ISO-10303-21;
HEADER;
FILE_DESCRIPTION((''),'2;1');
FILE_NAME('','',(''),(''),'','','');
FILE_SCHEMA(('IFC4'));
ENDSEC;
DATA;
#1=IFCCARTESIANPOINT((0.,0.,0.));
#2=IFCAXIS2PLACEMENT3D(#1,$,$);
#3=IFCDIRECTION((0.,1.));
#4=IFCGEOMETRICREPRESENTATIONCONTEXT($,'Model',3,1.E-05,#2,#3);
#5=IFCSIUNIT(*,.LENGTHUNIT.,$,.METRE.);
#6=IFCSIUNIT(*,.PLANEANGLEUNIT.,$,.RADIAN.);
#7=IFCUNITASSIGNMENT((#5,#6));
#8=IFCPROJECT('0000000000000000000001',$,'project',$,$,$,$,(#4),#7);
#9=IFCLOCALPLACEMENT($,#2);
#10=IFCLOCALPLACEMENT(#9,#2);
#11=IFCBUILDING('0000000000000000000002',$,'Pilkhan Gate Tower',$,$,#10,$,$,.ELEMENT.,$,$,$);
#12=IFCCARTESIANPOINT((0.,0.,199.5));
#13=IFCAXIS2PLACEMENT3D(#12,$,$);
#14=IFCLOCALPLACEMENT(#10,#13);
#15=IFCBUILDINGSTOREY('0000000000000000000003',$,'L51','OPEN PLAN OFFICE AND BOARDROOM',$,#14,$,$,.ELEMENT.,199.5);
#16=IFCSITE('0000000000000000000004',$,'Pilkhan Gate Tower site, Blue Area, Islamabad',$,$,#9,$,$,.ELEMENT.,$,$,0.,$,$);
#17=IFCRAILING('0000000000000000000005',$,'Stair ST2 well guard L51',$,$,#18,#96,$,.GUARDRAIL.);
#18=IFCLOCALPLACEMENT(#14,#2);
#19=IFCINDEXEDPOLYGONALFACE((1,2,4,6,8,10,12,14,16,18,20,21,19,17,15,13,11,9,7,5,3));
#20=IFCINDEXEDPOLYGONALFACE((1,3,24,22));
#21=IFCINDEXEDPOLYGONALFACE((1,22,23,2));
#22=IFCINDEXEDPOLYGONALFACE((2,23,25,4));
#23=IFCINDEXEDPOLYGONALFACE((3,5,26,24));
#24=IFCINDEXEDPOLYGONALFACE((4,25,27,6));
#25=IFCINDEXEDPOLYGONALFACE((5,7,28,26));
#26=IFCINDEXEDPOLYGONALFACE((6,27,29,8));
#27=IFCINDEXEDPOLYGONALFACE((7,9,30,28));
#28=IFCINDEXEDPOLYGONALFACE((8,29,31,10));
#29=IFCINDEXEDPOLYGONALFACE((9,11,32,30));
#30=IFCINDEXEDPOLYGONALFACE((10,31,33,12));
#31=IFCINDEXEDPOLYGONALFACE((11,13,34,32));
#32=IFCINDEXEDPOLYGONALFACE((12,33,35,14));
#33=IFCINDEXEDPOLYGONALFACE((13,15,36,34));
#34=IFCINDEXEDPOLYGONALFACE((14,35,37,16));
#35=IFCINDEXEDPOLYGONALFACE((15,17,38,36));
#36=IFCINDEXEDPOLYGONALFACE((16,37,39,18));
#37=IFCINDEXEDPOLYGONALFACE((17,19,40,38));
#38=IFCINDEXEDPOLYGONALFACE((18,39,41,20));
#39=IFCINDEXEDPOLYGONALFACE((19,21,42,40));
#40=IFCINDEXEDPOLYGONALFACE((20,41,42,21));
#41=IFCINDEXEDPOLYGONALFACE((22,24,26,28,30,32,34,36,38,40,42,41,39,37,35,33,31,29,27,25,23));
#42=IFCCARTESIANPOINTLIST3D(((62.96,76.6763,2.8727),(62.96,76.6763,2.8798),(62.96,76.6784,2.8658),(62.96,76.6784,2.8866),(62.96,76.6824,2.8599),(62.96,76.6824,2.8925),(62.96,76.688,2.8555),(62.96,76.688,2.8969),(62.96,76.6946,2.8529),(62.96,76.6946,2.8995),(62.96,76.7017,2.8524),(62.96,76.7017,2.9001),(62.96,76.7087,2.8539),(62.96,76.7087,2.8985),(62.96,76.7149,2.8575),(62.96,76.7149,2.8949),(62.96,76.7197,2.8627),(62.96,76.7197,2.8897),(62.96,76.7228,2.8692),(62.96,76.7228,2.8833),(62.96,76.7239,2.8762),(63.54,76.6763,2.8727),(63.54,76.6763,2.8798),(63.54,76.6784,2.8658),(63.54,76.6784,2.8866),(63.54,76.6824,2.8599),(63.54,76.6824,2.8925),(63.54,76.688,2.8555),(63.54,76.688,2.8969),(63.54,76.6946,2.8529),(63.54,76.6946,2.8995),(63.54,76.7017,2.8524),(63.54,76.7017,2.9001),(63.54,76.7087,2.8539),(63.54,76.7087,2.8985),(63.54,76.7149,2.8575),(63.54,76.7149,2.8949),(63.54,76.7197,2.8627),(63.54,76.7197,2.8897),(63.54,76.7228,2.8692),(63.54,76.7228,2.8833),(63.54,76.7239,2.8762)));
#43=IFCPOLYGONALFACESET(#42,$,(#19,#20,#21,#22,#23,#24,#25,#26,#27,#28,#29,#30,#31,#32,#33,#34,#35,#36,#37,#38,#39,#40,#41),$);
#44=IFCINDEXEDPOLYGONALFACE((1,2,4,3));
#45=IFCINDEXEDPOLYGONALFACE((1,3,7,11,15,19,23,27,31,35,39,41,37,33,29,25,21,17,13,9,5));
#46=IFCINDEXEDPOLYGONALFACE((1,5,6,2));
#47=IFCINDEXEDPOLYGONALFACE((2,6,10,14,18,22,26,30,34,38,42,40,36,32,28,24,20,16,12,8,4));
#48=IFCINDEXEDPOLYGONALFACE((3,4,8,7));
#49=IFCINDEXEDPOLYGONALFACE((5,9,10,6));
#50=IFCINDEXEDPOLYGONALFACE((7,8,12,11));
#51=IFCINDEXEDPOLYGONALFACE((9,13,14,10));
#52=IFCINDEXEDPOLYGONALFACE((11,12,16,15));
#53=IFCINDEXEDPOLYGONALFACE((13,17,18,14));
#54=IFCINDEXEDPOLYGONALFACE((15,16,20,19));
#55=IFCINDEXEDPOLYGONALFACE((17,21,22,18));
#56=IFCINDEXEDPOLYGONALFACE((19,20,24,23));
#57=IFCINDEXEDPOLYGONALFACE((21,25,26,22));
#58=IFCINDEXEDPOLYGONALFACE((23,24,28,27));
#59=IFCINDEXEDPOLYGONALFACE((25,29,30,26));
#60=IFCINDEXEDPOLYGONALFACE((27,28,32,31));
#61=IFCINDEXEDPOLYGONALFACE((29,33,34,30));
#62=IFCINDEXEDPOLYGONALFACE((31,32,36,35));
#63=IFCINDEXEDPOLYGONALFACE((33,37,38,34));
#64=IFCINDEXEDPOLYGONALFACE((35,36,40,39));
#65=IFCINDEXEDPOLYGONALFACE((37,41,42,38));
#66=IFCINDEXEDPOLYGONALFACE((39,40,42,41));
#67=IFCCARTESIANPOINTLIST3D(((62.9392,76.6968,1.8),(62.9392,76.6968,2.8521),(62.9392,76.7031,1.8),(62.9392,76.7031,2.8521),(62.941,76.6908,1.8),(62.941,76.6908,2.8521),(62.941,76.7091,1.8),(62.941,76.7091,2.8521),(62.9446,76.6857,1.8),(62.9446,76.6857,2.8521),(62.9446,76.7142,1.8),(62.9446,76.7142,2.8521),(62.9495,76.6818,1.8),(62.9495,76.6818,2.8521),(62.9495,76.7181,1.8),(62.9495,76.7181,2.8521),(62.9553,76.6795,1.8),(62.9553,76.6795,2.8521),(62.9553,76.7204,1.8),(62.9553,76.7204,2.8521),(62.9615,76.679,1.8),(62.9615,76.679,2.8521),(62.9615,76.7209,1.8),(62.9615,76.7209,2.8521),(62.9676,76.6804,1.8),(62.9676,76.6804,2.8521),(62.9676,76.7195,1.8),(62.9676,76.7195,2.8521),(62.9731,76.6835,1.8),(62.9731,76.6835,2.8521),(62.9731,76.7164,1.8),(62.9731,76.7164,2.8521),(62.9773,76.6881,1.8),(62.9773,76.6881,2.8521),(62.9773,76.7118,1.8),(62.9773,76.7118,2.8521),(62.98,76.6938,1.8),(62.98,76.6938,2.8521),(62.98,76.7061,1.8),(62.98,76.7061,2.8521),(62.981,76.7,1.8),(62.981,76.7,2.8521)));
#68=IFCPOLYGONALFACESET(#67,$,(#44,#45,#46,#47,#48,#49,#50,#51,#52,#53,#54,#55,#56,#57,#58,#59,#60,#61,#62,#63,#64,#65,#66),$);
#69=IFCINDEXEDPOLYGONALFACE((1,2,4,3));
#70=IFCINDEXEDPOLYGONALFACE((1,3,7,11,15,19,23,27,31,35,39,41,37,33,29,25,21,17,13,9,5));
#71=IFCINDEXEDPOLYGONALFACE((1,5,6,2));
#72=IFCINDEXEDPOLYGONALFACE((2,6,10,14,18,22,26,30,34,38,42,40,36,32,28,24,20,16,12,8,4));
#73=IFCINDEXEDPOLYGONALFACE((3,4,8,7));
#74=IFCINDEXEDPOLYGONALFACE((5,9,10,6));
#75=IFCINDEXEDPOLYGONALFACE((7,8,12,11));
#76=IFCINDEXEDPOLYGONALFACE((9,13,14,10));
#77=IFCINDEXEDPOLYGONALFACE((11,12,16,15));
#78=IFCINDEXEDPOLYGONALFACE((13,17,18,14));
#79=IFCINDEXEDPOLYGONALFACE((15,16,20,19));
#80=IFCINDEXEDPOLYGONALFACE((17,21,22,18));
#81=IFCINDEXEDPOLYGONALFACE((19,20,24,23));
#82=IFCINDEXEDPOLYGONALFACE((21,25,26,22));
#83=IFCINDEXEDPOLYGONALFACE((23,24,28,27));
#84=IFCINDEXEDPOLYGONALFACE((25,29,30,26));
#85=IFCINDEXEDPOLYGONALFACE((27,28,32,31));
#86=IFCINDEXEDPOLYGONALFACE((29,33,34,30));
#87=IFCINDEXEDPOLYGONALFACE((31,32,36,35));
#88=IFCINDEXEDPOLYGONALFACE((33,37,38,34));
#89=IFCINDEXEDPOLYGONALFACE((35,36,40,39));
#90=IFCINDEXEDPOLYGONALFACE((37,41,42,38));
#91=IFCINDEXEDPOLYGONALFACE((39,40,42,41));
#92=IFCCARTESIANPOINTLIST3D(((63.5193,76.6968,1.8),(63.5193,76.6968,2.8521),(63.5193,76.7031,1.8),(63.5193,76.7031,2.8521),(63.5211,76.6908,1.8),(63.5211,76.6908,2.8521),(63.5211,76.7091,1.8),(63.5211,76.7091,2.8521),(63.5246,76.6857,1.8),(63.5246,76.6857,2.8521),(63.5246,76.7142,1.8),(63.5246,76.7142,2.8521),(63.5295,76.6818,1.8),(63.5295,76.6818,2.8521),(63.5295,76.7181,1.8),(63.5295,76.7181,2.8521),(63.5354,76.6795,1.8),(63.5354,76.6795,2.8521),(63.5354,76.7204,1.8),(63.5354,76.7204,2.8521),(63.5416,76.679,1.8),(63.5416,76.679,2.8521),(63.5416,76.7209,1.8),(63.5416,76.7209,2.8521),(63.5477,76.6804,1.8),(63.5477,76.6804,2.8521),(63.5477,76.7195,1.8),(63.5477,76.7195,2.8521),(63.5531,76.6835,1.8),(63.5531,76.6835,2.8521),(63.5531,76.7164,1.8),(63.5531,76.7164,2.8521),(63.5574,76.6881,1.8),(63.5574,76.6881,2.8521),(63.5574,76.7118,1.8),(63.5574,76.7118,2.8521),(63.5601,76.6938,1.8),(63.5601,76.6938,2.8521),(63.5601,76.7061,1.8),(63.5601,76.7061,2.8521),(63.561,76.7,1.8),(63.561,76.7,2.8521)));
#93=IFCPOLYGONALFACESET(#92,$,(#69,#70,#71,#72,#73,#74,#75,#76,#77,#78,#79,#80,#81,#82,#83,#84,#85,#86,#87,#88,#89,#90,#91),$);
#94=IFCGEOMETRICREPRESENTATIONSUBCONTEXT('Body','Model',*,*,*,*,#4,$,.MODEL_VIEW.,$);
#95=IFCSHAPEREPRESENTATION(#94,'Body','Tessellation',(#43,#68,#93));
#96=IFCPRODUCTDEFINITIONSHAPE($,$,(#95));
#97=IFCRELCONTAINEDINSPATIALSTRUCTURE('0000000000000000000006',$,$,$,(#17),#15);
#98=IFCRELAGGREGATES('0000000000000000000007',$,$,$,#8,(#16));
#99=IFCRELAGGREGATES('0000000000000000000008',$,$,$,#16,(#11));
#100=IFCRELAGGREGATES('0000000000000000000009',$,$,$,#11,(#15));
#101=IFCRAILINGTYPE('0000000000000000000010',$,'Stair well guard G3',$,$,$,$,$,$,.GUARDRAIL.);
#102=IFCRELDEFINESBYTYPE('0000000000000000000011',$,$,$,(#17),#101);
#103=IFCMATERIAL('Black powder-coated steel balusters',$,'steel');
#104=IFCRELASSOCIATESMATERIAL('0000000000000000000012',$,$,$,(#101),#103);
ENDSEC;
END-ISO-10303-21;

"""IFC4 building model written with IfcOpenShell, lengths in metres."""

from ifc_helpers import new_model, si_unit, direction, frame, origin, origin_2d, place, context, subcontext, project, spatial, circle, extrude, material, type_object, element, save


model = new_model("IFC4")

# Units and contexts
model_context = context("Model", 3, precision=1e-05, world=origin(), true_north=direction((0.0, 1.0)))
body_context = subcontext(model_context, "Body", "Model", "MODEL_VIEW")
ifc_project = project(units=[si_unit("LENGTHUNIT", "METRE"), si_unit("PLANEANGLEUNIT", "RADIAN")], contexts=[model_context])

# Site, building, storey
site_placement = place(None, origin())
site = spatial("IfcSite", under=ifc_project, at=site_placement, Name="Pilkhan Gate Tower site, Blue Area, Islamabad", CompositionType="ELEMENT", RefElevation=0.0)
building_placement = place(site_placement, origin())
building = spatial("IfcBuilding", under=site, at=building_placement, Name="Pilkhan Gate Tower", CompositionType="ELEMENT")
storey_placement = place(building_placement, frame((0.0, 0.0, 199.5)))
storey = spatial("IfcBuildingStorey", under=building, at=storey_placement, Name="L51", Description="OPEN PLAN OFFICE AND BOARDROOM", CompositionType="ELEMENT", Elevation=199.5)

# Railing
ifc_material_1 = material(Name="Black powder-coated steel balusters", Category="steel")
railing_type_1 = type_object("IfcRailingType", Name="Stair well guard G3", PredefinedType="GUARDRAIL", material=ifc_material_1)
for number, where, name in (
    (1, (62.96, 76.7, 1.8), "Stair ST2 well guard L51"),
):
    element("IfcRailing", number, at=place(storey_placement, frame(where)), inside=storey, type_object=railing_type_1, Name=name, PredefinedType="GUARDRAIL", context=body_context, shape_type="SweptSolid", body=[
        extrude(circle(Radius=0.0239, at=origin_2d()), frame((0.0, 0.0, 1.0762), z_axis=(1.0, 0.0, 0.0), x_axis=(0.0, 1.0, 0.0)), (0.0, 0.0, 1.0), 0.5801),
        extrude(circle(Radius=0.021, at=origin_2d()), origin(), (0.0, 0.0, 1.0), 1.052),
        extrude(circle(Radius=0.021, at=origin_2d()), frame((0.5801, 0.0, 0.0)), (0.0, 0.0, 1.0), 1.052),
    ])

save(model, "model.ifc")
